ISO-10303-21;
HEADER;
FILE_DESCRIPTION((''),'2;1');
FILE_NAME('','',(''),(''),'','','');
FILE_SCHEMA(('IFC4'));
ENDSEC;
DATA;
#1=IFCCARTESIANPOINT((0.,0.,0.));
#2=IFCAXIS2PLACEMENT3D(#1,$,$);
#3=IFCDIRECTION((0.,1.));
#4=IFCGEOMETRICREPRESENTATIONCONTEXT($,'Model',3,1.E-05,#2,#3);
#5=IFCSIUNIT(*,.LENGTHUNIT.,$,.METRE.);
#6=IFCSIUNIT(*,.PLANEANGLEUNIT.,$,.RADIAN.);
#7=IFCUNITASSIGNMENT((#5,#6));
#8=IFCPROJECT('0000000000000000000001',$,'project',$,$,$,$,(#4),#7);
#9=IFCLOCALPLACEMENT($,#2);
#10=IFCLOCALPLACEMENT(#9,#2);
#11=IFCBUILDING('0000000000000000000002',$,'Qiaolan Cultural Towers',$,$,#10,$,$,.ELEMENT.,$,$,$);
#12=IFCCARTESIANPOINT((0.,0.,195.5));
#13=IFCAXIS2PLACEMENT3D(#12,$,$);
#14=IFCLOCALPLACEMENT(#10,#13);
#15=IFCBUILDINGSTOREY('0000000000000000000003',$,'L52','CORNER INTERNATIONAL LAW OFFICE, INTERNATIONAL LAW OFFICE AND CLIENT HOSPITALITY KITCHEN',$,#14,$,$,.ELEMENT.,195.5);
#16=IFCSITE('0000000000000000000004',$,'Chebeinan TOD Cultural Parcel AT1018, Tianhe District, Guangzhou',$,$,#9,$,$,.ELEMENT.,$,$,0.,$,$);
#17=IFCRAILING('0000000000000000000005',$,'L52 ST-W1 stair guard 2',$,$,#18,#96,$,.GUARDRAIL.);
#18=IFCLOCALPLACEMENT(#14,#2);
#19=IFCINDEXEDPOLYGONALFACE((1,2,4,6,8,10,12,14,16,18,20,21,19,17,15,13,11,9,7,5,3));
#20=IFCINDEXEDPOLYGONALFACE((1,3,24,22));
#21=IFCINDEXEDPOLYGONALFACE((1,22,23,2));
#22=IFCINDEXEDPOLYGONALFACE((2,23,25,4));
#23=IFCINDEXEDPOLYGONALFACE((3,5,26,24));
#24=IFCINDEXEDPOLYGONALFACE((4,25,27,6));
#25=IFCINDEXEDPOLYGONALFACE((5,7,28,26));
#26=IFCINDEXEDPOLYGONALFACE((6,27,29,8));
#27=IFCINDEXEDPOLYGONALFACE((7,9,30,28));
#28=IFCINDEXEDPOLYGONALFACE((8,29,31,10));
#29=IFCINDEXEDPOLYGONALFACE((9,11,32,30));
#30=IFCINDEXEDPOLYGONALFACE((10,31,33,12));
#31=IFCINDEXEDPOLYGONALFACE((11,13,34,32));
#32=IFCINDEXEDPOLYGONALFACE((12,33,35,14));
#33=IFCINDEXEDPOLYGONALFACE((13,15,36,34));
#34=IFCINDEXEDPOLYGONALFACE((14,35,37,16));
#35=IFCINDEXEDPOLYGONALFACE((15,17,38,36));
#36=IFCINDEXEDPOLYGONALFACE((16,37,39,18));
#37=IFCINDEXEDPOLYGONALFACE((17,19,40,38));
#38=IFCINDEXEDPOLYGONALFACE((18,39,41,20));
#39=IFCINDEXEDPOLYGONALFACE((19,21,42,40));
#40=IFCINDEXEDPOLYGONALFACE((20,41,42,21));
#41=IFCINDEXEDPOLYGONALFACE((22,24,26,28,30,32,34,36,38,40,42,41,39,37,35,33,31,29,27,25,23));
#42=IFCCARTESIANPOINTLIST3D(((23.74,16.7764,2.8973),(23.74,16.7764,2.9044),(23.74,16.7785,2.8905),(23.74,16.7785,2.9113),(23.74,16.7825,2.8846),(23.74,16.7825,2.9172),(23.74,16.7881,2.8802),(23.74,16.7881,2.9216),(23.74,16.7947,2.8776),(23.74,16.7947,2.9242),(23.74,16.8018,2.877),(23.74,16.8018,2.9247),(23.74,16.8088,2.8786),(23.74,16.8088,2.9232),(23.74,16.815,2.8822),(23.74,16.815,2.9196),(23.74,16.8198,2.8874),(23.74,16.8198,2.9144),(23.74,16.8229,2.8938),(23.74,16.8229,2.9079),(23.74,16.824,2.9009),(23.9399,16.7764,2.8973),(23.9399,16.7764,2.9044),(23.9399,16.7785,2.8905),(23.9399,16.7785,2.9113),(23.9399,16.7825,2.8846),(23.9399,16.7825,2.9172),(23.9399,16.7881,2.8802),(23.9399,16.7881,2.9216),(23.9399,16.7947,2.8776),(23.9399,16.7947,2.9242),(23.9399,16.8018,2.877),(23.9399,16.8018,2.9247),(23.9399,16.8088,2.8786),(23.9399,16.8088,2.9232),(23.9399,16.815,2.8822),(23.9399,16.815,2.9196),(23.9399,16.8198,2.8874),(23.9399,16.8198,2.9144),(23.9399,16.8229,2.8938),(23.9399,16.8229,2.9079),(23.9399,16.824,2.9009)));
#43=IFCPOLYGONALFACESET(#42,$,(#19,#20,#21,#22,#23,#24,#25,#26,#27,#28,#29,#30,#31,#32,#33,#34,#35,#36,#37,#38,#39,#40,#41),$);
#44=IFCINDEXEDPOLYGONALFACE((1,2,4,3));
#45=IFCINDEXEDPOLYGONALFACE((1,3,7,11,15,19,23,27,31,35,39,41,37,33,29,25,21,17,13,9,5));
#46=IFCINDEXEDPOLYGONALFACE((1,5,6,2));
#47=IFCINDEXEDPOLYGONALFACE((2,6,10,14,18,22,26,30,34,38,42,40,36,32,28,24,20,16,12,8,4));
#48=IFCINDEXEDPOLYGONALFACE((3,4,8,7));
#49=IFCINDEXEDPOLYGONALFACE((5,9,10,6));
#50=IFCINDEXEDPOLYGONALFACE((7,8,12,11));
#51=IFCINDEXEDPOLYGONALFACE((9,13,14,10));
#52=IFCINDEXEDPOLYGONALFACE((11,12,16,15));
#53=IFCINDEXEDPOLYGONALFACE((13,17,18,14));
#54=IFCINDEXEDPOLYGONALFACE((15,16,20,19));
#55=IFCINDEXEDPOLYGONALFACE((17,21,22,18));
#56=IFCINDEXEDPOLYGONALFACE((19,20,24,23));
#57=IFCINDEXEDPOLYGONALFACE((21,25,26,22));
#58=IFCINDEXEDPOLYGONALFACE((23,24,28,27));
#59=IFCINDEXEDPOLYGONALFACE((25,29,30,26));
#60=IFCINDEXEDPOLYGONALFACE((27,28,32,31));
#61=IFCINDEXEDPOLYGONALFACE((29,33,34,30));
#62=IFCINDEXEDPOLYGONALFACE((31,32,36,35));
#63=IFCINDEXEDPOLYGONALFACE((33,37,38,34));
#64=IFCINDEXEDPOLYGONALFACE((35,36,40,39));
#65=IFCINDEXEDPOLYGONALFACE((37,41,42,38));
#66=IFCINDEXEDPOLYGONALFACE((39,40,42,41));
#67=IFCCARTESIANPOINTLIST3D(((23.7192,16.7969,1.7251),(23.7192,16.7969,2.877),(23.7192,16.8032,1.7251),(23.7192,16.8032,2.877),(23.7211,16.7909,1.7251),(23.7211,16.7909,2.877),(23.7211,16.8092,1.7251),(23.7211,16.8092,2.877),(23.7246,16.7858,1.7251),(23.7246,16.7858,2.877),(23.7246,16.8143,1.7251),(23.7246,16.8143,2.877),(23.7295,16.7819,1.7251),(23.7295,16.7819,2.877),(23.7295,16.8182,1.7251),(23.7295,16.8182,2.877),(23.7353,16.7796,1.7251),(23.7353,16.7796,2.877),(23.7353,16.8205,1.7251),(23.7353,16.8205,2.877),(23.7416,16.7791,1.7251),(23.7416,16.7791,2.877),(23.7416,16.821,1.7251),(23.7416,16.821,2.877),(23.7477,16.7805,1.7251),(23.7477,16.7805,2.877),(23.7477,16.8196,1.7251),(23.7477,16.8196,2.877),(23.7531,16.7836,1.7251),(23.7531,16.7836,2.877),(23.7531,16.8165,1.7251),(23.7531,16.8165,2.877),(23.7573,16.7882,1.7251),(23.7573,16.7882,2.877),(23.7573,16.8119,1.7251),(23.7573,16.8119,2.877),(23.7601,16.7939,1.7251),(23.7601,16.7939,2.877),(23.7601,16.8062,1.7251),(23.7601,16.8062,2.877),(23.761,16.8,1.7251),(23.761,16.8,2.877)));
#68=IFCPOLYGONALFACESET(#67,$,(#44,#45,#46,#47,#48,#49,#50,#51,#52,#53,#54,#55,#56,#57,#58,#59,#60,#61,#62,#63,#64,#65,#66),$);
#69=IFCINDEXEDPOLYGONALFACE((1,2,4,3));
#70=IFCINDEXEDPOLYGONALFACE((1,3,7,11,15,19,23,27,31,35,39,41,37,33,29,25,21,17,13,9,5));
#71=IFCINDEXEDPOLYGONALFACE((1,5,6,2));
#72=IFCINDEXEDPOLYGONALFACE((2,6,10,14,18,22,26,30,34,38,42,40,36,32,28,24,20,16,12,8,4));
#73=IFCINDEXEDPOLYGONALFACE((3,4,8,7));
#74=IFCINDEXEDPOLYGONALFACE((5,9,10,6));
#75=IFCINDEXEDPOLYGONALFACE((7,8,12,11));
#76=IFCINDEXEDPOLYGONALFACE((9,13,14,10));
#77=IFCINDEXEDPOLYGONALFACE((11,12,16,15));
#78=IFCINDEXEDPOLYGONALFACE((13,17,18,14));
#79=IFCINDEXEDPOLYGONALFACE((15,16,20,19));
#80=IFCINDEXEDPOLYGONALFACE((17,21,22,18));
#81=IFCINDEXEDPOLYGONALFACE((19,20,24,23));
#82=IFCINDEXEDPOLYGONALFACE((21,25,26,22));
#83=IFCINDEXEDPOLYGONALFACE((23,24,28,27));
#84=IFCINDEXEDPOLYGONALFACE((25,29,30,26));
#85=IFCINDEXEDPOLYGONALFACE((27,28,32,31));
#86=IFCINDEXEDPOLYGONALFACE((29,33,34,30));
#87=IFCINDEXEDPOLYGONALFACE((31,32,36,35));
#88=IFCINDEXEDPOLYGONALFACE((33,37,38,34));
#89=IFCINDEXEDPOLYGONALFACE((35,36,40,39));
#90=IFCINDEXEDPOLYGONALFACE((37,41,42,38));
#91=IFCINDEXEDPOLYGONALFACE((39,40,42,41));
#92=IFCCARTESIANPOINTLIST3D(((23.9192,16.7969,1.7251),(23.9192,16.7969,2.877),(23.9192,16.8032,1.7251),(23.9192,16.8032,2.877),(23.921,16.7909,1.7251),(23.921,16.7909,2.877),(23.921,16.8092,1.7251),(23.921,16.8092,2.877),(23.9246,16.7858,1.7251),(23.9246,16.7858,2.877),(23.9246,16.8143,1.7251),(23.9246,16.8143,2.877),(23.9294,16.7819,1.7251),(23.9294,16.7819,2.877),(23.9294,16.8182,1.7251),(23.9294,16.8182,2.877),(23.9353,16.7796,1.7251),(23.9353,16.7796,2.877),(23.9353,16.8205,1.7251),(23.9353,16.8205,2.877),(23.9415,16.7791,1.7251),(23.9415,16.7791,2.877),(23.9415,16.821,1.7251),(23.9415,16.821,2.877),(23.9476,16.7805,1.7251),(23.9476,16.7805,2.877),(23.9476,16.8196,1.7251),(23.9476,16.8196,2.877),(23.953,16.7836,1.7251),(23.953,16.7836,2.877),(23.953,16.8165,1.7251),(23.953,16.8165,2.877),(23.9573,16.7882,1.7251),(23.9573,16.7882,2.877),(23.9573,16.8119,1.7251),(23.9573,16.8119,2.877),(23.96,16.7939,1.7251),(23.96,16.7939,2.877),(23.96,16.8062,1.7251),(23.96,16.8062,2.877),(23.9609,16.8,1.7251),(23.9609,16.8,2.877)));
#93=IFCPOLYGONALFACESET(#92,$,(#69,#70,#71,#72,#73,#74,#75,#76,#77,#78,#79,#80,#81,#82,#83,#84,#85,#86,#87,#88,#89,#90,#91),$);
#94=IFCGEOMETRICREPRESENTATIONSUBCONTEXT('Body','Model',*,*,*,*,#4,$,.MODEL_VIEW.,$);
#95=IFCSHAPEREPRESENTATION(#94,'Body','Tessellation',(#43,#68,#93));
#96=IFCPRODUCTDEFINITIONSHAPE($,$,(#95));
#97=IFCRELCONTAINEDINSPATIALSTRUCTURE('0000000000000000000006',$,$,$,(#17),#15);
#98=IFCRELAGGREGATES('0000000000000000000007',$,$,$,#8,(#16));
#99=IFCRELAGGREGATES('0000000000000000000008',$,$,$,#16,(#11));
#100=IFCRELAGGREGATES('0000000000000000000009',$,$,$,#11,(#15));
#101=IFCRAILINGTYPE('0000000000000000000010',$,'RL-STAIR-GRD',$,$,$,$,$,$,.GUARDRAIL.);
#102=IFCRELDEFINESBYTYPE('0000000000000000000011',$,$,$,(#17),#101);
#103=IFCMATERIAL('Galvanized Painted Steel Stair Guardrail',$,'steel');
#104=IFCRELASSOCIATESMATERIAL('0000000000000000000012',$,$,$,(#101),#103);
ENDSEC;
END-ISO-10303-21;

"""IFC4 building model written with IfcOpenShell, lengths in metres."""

from ifc_helpers import new_model, si_unit, direction, frame, origin, origin_2d, place, context, subcontext, project, spatial, circle, extrude, material, type_object, element, save


model = new_model("IFC4")

# Units and contexts
model_context = context("Model", 3, precision=1e-05, world=origin(), true_north=direction((0.0, 1.0)))
body_context = subcontext(model_context, "Body", "Model", "MODEL_VIEW")
ifc_project = project(units=[si_unit("LENGTHUNIT", "METRE"), si_unit("PLANEANGLEUNIT", "RADIAN")], contexts=[model_context])

# Site, building, storey
site_placement = place(None, origin())
site = spatial("IfcSite", under=ifc_project, at=site_placement, Name="Chebeinan TOD Cultural Parcel AT1018, Tianhe District, Guangzhou", CompositionType="ELEMENT", RefElevation=0.0)
building_placement = place(site_placement, origin())
building = spatial("IfcBuilding", under=site, at=building_placement, Name="Qiaolan Cultural Towers", CompositionType="ELEMENT")
storey_placement = place(building_placement, frame((0.0, 0.0, 195.5)))
storey = spatial("IfcBuildingStorey", under=building, at=storey_placement, Name="L52", Description="CORNER INTERNATIONAL LAW OFFICE, INTERNATIONAL LAW OFFICE AND CLIENT HOSPITALITY KITCHEN", CompositionType="ELEMENT", Elevation=195.5)

# Railing
ifc_material_1 = material(Name="Galvanized Painted Steel Stair Guardrail", Category="steel")
railing_type_1 = type_object("IfcRailingType", Name="RL-STAIR-GRD", PredefinedType="GUARDRAIL", material=ifc_material_1)
railing_1_placement = place(storey_placement, frame((23.74, 16.8, 1.7251)))
element("IfcRailing", 1, at=railing_1_placement, inside=storey, type_object=railing_type_1, Name="L52 ST-W1 stair guard 2", PredefinedType="GUARDRAIL", context=body_context, shape_type="SweptSolid", body=[
    extrude(circle(Radius=0.0239, at=origin_2d()), frame((0.0, 0.0, 1.1758), z_axis=(1.0, 0.0, 0.0), x_axis=(0.0, 1.0, 0.0)), (0.0, 0.0, 1.0), 0.2),
    extrude(circle(Radius=0.021, at=origin_2d()), origin(), (0.0, 0.0, 1.0), 1.1519),
    extrude(circle(Radius=0.021, at=origin_2d()), frame((0.2, 0.0, 0.0)), (0.0, 0.0, 1.0), 1.1519),
])

save(model, "model.ifc")
